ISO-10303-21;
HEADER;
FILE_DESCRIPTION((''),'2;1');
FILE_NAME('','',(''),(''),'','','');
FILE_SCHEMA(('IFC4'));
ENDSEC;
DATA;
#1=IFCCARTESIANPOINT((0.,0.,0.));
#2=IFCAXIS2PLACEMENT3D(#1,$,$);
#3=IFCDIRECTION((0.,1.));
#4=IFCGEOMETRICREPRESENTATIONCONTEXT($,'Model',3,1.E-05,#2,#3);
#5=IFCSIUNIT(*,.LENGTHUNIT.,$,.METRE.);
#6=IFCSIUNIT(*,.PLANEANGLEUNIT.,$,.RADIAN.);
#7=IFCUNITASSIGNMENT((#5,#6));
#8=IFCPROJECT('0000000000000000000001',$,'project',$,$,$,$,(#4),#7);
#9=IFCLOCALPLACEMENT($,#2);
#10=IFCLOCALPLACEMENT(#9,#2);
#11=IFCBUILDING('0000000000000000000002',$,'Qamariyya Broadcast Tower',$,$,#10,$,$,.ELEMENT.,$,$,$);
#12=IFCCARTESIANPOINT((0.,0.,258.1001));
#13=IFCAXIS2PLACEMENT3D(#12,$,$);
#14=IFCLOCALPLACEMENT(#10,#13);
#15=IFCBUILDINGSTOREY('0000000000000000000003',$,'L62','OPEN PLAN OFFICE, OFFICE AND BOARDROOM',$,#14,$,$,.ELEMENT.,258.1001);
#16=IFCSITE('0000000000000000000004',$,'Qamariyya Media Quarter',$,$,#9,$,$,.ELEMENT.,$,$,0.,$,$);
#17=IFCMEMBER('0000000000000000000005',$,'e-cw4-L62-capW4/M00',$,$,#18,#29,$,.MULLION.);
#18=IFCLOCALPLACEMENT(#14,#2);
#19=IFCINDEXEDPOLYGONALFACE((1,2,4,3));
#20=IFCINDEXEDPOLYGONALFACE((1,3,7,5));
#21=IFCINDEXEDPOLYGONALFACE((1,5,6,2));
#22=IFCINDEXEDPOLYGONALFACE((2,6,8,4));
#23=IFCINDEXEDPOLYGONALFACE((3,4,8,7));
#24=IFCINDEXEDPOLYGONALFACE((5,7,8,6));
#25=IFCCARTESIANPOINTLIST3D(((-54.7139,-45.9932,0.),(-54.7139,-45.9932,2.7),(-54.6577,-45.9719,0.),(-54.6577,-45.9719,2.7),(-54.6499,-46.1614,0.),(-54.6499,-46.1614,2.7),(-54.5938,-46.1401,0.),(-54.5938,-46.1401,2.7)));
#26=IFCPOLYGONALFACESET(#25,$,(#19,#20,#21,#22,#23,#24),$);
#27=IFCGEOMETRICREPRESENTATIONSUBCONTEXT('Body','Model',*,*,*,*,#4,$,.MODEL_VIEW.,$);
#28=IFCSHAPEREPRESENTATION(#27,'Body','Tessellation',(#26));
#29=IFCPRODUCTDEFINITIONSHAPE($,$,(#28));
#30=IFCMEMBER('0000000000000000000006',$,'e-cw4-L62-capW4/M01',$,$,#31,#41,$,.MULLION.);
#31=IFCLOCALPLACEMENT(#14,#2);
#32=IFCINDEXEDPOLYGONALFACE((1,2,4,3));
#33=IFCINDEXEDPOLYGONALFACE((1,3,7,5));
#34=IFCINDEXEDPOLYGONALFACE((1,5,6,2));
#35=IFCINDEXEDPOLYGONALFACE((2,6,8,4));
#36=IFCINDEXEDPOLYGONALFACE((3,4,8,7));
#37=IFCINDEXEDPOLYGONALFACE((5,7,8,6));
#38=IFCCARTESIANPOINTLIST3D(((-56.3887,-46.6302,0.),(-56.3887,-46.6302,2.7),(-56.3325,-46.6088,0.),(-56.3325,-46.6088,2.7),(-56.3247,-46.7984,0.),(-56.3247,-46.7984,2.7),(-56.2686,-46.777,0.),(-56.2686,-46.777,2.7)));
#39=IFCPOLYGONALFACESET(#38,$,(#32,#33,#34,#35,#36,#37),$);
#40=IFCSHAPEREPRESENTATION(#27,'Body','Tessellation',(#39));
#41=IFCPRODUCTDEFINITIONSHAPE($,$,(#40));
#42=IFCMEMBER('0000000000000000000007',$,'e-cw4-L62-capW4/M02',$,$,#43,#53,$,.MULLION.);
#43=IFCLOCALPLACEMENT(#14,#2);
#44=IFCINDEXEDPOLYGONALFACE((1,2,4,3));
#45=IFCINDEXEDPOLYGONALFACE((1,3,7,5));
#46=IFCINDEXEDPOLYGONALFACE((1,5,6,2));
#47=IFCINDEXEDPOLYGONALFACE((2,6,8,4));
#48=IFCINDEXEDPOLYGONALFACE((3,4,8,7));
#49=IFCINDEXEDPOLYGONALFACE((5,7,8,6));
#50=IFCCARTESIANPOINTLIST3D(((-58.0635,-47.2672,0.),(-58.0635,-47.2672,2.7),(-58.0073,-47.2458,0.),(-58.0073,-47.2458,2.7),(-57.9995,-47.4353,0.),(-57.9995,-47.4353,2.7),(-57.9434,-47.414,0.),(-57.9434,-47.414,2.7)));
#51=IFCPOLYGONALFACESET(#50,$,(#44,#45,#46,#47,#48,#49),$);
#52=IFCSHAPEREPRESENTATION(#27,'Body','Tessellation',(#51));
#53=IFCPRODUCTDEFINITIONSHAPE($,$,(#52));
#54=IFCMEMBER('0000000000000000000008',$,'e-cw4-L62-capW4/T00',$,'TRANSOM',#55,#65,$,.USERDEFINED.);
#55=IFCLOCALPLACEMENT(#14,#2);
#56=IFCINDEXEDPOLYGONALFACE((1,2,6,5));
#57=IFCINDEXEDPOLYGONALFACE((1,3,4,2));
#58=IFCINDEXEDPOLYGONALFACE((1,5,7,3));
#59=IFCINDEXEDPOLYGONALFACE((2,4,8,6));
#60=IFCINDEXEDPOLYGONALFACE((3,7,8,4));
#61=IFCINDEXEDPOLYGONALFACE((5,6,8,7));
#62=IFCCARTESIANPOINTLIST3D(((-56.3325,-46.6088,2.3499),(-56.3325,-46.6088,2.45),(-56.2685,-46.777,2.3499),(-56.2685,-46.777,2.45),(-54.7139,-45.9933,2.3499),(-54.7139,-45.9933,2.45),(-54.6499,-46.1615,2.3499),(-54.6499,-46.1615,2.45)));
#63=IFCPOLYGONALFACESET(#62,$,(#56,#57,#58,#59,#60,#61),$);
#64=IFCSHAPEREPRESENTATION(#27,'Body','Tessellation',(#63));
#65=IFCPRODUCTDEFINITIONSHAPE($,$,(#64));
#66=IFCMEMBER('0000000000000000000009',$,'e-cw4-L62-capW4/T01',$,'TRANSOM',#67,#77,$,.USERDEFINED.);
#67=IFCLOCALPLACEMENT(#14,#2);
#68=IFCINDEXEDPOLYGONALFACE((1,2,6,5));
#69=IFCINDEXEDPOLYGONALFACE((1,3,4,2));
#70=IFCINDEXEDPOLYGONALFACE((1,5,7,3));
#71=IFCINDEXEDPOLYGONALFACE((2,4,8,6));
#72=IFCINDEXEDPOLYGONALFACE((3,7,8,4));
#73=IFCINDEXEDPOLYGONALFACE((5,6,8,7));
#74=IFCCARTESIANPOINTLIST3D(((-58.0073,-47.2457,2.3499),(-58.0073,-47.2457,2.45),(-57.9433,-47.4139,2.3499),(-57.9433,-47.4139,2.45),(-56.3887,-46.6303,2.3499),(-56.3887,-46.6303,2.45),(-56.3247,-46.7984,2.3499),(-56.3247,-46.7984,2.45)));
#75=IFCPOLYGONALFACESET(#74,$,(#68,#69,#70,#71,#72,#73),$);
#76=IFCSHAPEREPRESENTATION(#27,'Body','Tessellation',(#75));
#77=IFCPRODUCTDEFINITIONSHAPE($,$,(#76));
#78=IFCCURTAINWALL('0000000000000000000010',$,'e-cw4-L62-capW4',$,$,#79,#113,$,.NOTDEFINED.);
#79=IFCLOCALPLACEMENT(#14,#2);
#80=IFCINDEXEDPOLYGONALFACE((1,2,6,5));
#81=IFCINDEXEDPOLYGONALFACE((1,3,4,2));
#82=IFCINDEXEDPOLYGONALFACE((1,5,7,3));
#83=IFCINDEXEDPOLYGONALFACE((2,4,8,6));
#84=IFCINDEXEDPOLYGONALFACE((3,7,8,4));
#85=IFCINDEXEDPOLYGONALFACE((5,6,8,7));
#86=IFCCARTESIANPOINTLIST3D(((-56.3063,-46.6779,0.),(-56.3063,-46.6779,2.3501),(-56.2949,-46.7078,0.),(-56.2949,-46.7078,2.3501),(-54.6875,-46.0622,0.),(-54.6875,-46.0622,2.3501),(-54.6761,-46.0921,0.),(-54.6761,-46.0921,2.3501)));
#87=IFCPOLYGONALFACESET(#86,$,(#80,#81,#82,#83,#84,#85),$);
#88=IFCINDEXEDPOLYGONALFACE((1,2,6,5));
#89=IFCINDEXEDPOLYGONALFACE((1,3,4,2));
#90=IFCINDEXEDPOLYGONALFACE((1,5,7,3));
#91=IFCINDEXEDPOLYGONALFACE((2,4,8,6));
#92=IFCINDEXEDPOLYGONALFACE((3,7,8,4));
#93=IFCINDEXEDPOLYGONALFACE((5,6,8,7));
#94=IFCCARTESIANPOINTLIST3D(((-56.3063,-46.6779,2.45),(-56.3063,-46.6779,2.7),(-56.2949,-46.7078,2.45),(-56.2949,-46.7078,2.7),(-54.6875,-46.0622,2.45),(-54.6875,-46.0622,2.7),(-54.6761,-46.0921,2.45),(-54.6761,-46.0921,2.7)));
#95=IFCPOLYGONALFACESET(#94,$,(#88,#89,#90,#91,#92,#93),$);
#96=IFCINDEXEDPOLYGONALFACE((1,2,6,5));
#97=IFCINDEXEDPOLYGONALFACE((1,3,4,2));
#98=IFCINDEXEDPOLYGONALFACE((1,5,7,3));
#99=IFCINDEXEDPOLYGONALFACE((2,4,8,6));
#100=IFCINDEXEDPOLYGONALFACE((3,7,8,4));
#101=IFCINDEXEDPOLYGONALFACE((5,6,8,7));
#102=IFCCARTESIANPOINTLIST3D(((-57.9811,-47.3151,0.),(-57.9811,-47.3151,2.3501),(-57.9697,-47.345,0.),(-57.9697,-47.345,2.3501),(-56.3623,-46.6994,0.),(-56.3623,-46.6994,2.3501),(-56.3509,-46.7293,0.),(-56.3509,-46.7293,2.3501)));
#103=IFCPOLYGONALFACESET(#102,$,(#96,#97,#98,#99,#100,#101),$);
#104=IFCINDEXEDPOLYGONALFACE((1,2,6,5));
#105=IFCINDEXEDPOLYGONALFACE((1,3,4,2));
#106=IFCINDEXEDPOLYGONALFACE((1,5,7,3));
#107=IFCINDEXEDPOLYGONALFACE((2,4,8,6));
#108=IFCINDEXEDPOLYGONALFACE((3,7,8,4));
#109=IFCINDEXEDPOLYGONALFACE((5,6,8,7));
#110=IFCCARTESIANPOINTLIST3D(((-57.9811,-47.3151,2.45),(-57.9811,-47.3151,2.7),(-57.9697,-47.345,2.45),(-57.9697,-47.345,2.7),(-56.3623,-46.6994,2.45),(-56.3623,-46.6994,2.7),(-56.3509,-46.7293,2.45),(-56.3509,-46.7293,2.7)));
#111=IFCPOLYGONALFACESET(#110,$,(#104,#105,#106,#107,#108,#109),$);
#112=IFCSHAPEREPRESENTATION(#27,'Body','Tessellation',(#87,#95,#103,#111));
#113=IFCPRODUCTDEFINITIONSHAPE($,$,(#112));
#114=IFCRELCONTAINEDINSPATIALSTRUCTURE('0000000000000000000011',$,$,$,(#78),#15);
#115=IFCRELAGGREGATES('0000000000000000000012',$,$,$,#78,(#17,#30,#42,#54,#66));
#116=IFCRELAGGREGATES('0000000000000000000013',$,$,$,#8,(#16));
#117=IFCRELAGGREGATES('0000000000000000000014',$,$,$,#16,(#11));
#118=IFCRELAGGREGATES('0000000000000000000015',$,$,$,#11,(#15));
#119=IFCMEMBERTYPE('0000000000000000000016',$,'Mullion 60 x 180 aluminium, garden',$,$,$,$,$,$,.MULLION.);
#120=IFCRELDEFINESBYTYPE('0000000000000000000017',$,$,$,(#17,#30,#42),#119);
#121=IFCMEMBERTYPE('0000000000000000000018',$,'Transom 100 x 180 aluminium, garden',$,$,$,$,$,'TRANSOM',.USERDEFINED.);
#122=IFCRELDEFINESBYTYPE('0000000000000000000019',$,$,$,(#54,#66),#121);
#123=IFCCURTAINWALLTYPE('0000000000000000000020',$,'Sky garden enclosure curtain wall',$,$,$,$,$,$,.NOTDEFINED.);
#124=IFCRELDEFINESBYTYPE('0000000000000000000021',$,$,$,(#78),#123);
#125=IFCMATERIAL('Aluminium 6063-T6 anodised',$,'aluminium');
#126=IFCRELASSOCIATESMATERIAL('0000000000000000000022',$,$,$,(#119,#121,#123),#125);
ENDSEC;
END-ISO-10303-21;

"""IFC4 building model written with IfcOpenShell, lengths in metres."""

from ifc_helpers import new_model, si_unit, direction, frame, origin, origin_2d, place, context, subcontext, project, spatial, rectangle, extrude, material, material_profile, profile_set, type_object, element, aggregate, save


model = new_model("IFC4")

# Units and contexts
model_context = context("Model", 3, precision=1e-05, world=origin(), true_north=direction((0.0, 1.0)))
body_context = subcontext(model_context, "Body", "Model", "MODEL_VIEW")
ifc_project = project(units=[si_unit("LENGTHUNIT", "METRE"), si_unit("PLANEANGLEUNIT", "RADIAN")], contexts=[model_context])

# Members
ifc_material = material(Name="Aluminium 6063-T6 anodised", Category="aluminium")
ifc_material_profile_1 = material_profile(ifc_material, rectangle(XDim=0.1799, YDim=0.0601, at=origin_2d()))
ifc_profile_set_1 = profile_set([ifc_material_profile_1], Name="Aluminium 6063-T6 anodised")
member_type_1 = type_object("IfcMemberType", Name="Mullion 60 x 180 aluminium, garden", PredefinedType="MULLION", material=ifc_profile_set_1)
site_placement = place(None, origin())
building_placement = place(site_placement, origin())
storey_placement = place(building_placement, frame((0.0, 0.0, 258.1001)))
member_1_placement = place(storey_placement, frame((-54.6538, -46.0667, 0.0), z_axis=(0.0, 0.0, 1.0), x_axis=(0.355467, -0.934689, 0.0)))
member_1 = element("IfcMember", 1, at=member_1_placement, type_object=member_type_1, Name="e-cw4-L62-capW4/M00", PredefinedType="MULLION", context=body_context, shape_type="SweptSolid", body=[
    extrude(rectangle(XDim=0.1799, YDim=0.0601, at=origin_2d()), origin(), (0.0, 0.0, 1.0), 2.7),
])
member_2_placement = place(storey_placement, frame((-56.3286, -46.7036, 0.0), z_axis=(0.0, 0.0, 1.0), x_axis=(0.355467, -0.934689, 0.0)))
member_2 = element("IfcMember", 2, at=member_2_placement, type_object=member_type_1, Name="e-cw4-L62-capW4/M01", PredefinedType="MULLION", context=body_context, shape_type="SweptSolid", body=[
    extrude(rectangle(XDim=0.1799, YDim=0.0601, at=origin_2d()), origin(), (0.0, 0.0, 1.0), 2.7),
])
member_3_placement = place(storey_placement, frame((-58.0034, -47.3406, 0.0), z_axis=(0.0, 0.0, 1.0), x_axis=(0.355467, -0.934689, 0.0)))
member_3 = element("IfcMember", 3, at=member_3_placement, type_object=member_type_1, Name="e-cw4-L62-capW4/M02", PredefinedType="MULLION", context=body_context, shape_type="SweptSolid", body=[
    extrude(rectangle(XDim=0.1799, YDim=0.0601, at=origin_2d()), origin(), (0.0, 0.0, 1.0), 2.7),
])
ifc_material_profile_2 = material_profile(ifc_material, rectangle(XDim=0.1799, YDim=0.1001, at=origin_2d()))
ifc_profile_set_2 = profile_set([ifc_material_profile_2], Name="Aluminium 6063-T6 anodised")
member_type_2 = type_object("IfcMemberType", Name="Transom 100 x 180 aluminium, garden", ElementType="TRANSOM", PredefinedType="USERDEFINED", material=ifc_profile_set_2)
member_4_placement = place(storey_placement, frame((-54.6819, -46.0774, 2.3999), z_axis=(-0.934709, -0.355415, 0.0), x_axis=(0.355415, -0.934709, 0.0)))
member_4 = element("IfcMember", 4, at=member_4_placement, type_object=member_type_2, Name="e-cw4-L62-capW4/T00", ObjectType="TRANSOM", PredefinedType="USERDEFINED", context=body_context, shape_type="SweptSolid", body=[
    extrude(rectangle(XDim=0.1799, YDim=0.1001, at=origin_2d()), origin(), (0.0, 0.0, 1.0), 1.7317),
])
member_5_placement = place(storey_placement, frame((-56.3567, -46.7144, 2.3999), z_axis=(-0.934709, -0.355415, 0.0), x_axis=(0.355415, -0.934709, 0.0)))
member_5 = element("IfcMember", 5, at=member_5_placement, type_object=member_type_2, Name="e-cw4-L62-capW4/T01", ObjectType="TRANSOM", PredefinedType="USERDEFINED", context=body_context, shape_type="SweptSolid", body=[
    extrude(rectangle(XDim=0.1799, YDim=0.1001, at=origin_2d()), origin(), (0.0, 0.0, 1.0), 1.7317),
])

# Site, building, storey
site = spatial("IfcSite", under=ifc_project, at=site_placement, Name="Qamariyya Media Quarter", CompositionType="ELEMENT", RefElevation=0.0)
building = spatial("IfcBuilding", under=site, at=building_placement, Name="Qamariyya Broadcast Tower", CompositionType="ELEMENT")
storey = spatial("IfcBuildingStorey", under=building, at=storey_placement, Name="L62", Description="OPEN PLAN OFFICE, OFFICE AND BOARDROOM", CompositionType="ELEMENT", Elevation=258.1001)

# Curtain wall
curtain_wall_type_1 = type_object("IfcCurtainWallType", Name="Sky garden enclosure curtain wall", PredefinedType="NOTDEFINED", material=ifc_material)
curtain_wall_1_placement = place(storey_placement, origin())
curtain_wall_1 = element("IfcCurtainWall", 6, at=curtain_wall_1_placement, inside=storey, type_object=curtain_wall_type_1, Name="e-cw4-L62-capW4", PredefinedType="NOTDEFINED", context=body_context, shape_type="SweptSolid", body=[
    extrude(rectangle(XDim=1.7319, YDim=0.032, at=origin_2d()), frame((-55.4912, -46.385, 0.0), x_axis=(-0.934672, -0.35551, 0.0)), (0.0, 0.0, 1.0), 2.3501),
    extrude(rectangle(XDim=1.7319, YDim=0.032, at=origin_2d()), frame((-55.4912, -46.385, 2.45), x_axis=(-0.934672, -0.35551, 0.0)), (0.0, 0.0, 1.0), 0.25),
    extrude(rectangle(XDim=1.7319, YDim=0.032, at=origin_2d()), frame((-57.166, -47.0222, 0.0), x_axis=(-0.934672, -0.35551, 0.0)), (0.0, 0.0, 1.0), 2.3501),
    extrude(rectangle(XDim=1.7319, YDim=0.032, at=origin_2d()), frame((-57.166, -47.0222, 2.45), x_axis=(-0.934672, -0.35551, 0.0)), (0.0, 0.0, 1.0), 0.25),
])
aggregate(curtain_wall_1, [member_1, member_2, member_3, member_4, member_5])

save(model, "model.ifc")
